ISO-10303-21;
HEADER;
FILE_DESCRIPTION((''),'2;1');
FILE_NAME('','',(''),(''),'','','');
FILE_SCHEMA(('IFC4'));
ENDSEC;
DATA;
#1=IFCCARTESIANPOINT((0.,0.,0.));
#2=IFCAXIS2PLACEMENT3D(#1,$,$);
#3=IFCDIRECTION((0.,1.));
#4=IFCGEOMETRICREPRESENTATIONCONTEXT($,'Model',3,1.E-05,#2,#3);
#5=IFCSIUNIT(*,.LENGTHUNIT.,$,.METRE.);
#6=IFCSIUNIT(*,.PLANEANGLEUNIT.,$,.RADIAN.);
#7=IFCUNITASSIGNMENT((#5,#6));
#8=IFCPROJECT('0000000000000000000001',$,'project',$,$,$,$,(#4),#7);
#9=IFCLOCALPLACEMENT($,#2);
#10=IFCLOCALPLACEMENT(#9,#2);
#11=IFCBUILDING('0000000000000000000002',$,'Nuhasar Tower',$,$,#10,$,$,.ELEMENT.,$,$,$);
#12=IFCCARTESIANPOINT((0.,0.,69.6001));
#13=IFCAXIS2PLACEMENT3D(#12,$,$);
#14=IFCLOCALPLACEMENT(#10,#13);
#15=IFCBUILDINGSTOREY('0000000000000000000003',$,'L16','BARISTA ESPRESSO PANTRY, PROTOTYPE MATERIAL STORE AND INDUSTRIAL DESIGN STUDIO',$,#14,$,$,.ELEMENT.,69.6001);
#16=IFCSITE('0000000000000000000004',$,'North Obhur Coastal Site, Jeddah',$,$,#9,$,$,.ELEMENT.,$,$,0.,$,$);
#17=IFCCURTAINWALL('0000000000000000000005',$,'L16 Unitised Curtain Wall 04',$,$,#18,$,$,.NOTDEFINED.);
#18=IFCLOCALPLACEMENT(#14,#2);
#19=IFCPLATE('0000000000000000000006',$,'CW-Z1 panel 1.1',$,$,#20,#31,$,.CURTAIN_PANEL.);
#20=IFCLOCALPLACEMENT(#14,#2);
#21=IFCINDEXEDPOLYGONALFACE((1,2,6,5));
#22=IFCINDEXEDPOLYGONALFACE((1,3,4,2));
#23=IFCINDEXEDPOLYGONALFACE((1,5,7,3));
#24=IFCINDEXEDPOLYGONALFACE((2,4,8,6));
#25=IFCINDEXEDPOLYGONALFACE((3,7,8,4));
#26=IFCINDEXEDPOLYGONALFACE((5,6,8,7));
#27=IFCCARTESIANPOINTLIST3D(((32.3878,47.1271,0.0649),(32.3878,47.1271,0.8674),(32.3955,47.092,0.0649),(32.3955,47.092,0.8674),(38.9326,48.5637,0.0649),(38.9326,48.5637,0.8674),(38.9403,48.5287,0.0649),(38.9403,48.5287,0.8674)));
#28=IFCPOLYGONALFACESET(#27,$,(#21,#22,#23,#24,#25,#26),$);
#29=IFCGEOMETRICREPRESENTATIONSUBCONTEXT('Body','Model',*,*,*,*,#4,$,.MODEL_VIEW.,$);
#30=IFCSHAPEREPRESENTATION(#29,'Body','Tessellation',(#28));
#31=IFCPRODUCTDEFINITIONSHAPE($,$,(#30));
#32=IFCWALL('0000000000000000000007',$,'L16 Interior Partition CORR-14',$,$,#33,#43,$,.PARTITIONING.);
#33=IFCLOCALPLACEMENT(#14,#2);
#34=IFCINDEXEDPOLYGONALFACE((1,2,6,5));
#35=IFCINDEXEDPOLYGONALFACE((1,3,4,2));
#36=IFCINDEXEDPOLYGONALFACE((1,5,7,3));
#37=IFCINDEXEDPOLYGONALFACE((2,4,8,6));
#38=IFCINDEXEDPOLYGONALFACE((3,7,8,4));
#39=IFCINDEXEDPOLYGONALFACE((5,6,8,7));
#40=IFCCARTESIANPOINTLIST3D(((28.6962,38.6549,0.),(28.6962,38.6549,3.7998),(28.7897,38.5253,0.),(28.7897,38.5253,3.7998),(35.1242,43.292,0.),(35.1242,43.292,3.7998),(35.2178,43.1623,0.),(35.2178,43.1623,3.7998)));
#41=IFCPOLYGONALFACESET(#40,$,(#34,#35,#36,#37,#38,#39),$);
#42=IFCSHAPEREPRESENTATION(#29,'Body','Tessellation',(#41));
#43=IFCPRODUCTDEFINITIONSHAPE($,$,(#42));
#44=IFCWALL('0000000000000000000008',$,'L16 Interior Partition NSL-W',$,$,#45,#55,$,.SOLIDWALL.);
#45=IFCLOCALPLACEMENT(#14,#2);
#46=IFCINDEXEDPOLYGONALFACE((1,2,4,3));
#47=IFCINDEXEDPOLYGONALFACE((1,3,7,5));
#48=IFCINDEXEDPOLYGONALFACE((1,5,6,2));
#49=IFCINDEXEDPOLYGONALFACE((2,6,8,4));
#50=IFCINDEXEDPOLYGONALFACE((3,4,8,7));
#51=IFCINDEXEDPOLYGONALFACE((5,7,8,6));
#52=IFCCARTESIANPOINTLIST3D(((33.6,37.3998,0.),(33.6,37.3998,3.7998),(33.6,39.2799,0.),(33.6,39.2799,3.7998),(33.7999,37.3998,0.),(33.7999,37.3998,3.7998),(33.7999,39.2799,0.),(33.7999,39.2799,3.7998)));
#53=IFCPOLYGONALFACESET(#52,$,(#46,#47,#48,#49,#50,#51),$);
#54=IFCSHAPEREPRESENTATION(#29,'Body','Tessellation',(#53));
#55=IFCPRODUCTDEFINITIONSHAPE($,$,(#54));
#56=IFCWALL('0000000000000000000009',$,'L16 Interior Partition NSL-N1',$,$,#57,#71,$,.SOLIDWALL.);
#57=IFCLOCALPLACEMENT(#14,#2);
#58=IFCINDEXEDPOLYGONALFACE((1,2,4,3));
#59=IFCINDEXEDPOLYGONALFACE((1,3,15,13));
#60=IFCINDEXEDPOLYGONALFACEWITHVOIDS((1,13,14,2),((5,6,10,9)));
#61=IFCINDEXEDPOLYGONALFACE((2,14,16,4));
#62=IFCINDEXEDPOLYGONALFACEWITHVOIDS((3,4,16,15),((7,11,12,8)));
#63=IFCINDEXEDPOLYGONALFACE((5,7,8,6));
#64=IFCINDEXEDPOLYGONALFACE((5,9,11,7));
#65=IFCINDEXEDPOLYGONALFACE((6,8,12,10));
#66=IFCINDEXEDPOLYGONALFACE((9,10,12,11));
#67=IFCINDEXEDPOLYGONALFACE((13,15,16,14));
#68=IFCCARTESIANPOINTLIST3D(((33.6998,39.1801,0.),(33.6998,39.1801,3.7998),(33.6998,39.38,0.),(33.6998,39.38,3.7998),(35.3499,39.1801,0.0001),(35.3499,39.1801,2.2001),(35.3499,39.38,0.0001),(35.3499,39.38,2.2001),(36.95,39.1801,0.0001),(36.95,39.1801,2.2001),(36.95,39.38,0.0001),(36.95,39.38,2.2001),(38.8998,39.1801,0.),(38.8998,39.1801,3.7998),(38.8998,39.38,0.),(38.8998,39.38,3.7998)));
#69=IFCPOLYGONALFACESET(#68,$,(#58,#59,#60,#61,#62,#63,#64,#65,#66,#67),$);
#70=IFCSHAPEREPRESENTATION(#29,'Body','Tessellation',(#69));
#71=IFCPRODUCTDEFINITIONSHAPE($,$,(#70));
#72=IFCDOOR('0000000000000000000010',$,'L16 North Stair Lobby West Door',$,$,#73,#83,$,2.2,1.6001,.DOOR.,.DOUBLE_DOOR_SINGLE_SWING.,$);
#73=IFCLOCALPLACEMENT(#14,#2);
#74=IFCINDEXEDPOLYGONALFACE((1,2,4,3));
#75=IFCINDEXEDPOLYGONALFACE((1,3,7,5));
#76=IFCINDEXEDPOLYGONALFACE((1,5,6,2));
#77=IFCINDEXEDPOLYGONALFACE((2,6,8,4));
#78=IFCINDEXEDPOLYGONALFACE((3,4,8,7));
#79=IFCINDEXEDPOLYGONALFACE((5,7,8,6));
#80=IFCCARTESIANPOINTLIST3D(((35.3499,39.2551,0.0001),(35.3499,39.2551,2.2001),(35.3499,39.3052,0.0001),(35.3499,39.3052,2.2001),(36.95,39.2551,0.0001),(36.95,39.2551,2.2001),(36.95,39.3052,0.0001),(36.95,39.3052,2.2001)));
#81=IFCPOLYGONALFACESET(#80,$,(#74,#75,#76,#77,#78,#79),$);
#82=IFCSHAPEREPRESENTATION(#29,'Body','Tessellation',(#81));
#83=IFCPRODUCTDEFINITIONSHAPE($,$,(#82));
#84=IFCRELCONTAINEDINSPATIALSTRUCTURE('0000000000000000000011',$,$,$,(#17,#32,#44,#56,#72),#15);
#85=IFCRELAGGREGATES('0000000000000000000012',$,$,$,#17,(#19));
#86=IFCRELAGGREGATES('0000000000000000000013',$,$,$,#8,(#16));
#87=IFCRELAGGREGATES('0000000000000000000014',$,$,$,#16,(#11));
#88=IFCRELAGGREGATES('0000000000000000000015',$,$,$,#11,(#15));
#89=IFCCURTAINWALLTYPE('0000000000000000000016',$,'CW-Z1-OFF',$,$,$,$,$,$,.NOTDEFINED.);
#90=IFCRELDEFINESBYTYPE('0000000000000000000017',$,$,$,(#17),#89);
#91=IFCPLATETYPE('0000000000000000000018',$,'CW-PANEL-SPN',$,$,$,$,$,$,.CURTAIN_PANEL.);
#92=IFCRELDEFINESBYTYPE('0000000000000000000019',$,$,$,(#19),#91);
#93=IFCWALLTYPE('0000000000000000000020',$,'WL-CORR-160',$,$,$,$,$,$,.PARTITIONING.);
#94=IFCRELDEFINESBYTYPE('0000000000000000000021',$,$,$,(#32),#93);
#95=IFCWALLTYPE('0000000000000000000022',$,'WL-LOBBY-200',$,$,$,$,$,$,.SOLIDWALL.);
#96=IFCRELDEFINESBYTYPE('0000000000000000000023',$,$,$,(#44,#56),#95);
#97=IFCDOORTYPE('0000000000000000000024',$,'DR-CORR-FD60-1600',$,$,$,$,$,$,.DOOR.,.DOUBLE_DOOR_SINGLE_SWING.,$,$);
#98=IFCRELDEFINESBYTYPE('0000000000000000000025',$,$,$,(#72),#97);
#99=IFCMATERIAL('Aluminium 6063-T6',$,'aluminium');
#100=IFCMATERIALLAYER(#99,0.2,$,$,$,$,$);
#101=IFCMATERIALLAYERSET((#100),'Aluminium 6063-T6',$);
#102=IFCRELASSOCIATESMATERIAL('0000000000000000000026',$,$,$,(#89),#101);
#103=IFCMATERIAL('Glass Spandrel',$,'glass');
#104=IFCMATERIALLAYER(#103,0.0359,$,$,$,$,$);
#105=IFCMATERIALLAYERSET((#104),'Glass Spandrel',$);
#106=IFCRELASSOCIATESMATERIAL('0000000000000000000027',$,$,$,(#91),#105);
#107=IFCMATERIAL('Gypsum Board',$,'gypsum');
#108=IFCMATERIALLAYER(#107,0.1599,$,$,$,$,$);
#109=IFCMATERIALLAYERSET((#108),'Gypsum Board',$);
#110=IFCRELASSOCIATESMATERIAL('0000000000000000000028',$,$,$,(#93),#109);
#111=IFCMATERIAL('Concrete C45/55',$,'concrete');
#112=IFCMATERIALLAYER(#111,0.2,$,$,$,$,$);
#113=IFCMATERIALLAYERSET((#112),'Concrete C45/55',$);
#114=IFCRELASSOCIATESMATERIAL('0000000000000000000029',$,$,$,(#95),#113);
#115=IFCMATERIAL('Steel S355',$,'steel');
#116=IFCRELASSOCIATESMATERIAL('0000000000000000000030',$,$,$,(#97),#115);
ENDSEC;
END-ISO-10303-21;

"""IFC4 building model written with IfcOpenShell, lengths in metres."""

from ifc_helpers import new_model, si_unit, direction, frame, frame_2d, origin, origin_2d, place, context, subcontext, project, spatial, rectangle, extrude, material, layer, layer_set, type_object, element, fill, aggregate, save


model = new_model("IFC4")

# Units and contexts
model_context = context("Model", 3, precision=1e-05, world=origin(), true_north=direction((0.0, 1.0)))
body_context = subcontext(model_context, "Body", "Model", "MODEL_VIEW")
ifc_project = project(units=[si_unit("LENGTHUNIT", "METRE"), si_unit("PLANEANGLEUNIT", "RADIAN")], contexts=[model_context])

# Site, building, storey
site_placement = place(None, origin())
site = spatial("IfcSite", under=ifc_project, at=site_placement, Name="North Obhur Coastal Site, Jeddah", CompositionType="ELEMENT", RefElevation=0.0)
building_placement = place(site_placement, origin())
building = spatial("IfcBuilding", under=site, at=building_placement, Name="Nuhasar Tower", CompositionType="ELEMENT")
storey_placement = place(building_placement, frame((0.0, 0.0, 69.6001)))
storey = spatial("IfcBuildingStorey", under=building, at=storey_placement, Name="L16", Description="BARISTA ESPRESSO PANTRY, PROTOTYPE MATERIAL STORE AND INDUSTRIAL DESIGN STUDIO", CompositionType="ELEMENT", Elevation=69.6001)

# Shared definitions
ifc_material_1 = material(Name="Steel S355", Category="steel")

# Curtain wall
ifc_material_2 = material(Name="Aluminium 6063-T6", Category="aluminium")
ifc_layer_1 = layer(ifc_material_2, 0.2)
ifc_layer_set_1 = layer_set([ifc_layer_1], Name="Aluminium 6063-T6")
curtain_wall_type = type_object("IfcCurtainWallType", Name="CW-Z1-OFF", PredefinedType="NOTDEFINED", material=ifc_layer_set_1)
curtain_wall_placement = place(storey_placement, origin())
curtain_wall = element("IfcCurtainWall", 1, at=curtain_wall_placement, inside=storey, type_object=curtain_wall_type, Name="L16 Unitised Curtain Wall 04", PredefinedType="NOTDEFINED")

# Plate
ifc_material_3 = material(Name="Glass Spandrel", Category="glass")
ifc_layer_2 = layer(ifc_material_3, 0.0359)
ifc_layer_set_2 = layer_set([ifc_layer_2], Name="Glass Spandrel")
plate_type_1 = type_object("IfcPlateType", Name="CW-PANEL-SPN", PredefinedType="CURTAIN_PANEL", material=ifc_layer_set_2)
plate_1_placement = place(storey_placement, frame((35.6641, 47.8279, 0.0649), z_axis=(0.0, 0.0, 1.0), x_axis=(-0.976746, -0.214399, 0.0)))
plate_1 = element("IfcPlate", 2, at=plate_1_placement, type_object=plate_type_1, Name="CW-Z1 panel 1.1", PredefinedType="CURTAIN_PANEL", context=body_context, shape_type="SweptSolid", body=[
    extrude(rectangle(XDim=6.7007, YDim=0.0359, at=origin_2d()), origin(), (0.0, 0.0, 1.0), 0.8025),
])
aggregate(curtain_wall, [plate_1])

# Shared definitions
ifc_material_4 = material(Name="Gypsum Board", Category="gypsum")
ifc_layer_3 = layer(ifc_material_4, 0.1599)
ifc_layer_set_3 = layer_set([ifc_layer_3], Name="Gypsum Board")
wall_type_1 = type_object("IfcWallType", Name="WL-CORR-160", PredefinedType="PARTITIONING", material=ifc_layer_set_3)

# Walls
wall_1_placement = place(storey_placement, frame((35.1709, 43.2271, 0.0), z_axis=(0.0, 0.0, 1.0), x_axis=(-0.811006, -0.585037, 0.0)))
element("IfcWall", 3, at=wall_1_placement, inside=storey, type_object=wall_type_1, Name="L16 Interior Partition CORR-14", PredefinedType="PARTITIONING", context=body_context, shape_type="SweptSolid", body=[
    extrude(rectangle(XDim=7.926, YDim=0.1599, at=frame_2d((3.9629, 0.0))), origin(), (0.0, 0.0, 1.0), 3.7998),
])
ifc_material_5 = material(Name="Concrete C45/55", Category="concrete")
ifc_layer_4 = layer(ifc_material_5, 0.2)
ifc_layer_set_4 = layer_set([ifc_layer_4], Name="Concrete C45/55")
wall_type_2 = type_object("IfcWallType", Name="WL-LOBBY-200", PredefinedType="SOLIDWALL", material=ifc_layer_set_4)
wall_2_placement = place(storey_placement, frame((33.7, 37.3999, 0.0), z_axis=(0.0, 0.0, 1.0), x_axis=(0.0, 1.0, 0.0)))
element("IfcWall", 4, at=wall_2_placement, inside=storey, type_object=wall_type_2, Name="L16 Interior Partition NSL-W", PredefinedType="SOLIDWALL", context=body_context, shape_type="SweptSolid", body=[
    extrude(rectangle(XDim=1.8801, YDim=0.2, at=frame_2d((0.9399, 0.0))), origin(), (0.0, 0.0, 1.0), 3.7998),
])

# Wall, opening, door
wall_3_placement = place(storey_placement, frame((38.8999, 39.28, 0.0), z_axis=(0.0, 0.0, 1.0), x_axis=(-1.0, 0.0, 0.0)))
wall_3 = element("IfcWall", 5, at=wall_3_placement, inside=storey, type_object=wall_type_2, Name="L16 Interior Partition NSL-N1", PredefinedType="SOLIDWALL", context=body_context, shape_type="SweptSolid", body=[
    extrude(rectangle(XDim=5.2, YDim=0.2, at=frame_2d((2.6001, 0.0))), origin(), (0.0, 0.0, 1.0), 3.7998),
])
opening_1_placement = place(wall_3_placement, frame((1.95, 0.0, 0.0)))
opening_1 = element("IfcOpeningElement", 6, at=opening_1_placement, cuts=wall_3, PredefinedType="OPENING", context=body_context, shape_type="SweptSolid", body=[
    extrude(rectangle(XDim=1.6001, YDim=2.2, at=frame_2d((0.8, 1.1001))), frame((0.0, 0.1099, 0.0), z_axis=(0.0, -1.0, 0.0), x_axis=(1.0, 0.0, 0.0)), (0.0, 0.0, 1.0), 0.22),
])
door_type_1 = type_object("IfcDoorType", Name="DR-CORR-FD60-1600", OperationType="DOUBLE_DOOR_SINGLE_SWING", PredefinedType="DOOR", material=ifc_material_1)
door_1_placement = place(opening_1_placement, origin())
door_1 = element("IfcDoor", 7, at=door_1_placement, inside=storey, type_object=door_type_1, Name="L16 North Stair Lobby West Door", OperationType="DOUBLE_DOOR_SINGLE_SWING", OverallHeight=2.2, OverallWidth=1.6001, PredefinedType="DOOR", context=body_context, shape_type="SweptSolid", body=[
    extrude(rectangle(XDim=1.6001, YDim=2.2, at=frame_2d((0.8, 1.1001))), frame((0.0, 0.0249, 0.0), z_axis=(0.0, -1.0, 0.0), x_axis=(1.0, 0.0, 0.0)), (0.0, 0.0, 1.0), 0.05),
])
fill(opening_1, door_1)

save(model, "model.ifc")
